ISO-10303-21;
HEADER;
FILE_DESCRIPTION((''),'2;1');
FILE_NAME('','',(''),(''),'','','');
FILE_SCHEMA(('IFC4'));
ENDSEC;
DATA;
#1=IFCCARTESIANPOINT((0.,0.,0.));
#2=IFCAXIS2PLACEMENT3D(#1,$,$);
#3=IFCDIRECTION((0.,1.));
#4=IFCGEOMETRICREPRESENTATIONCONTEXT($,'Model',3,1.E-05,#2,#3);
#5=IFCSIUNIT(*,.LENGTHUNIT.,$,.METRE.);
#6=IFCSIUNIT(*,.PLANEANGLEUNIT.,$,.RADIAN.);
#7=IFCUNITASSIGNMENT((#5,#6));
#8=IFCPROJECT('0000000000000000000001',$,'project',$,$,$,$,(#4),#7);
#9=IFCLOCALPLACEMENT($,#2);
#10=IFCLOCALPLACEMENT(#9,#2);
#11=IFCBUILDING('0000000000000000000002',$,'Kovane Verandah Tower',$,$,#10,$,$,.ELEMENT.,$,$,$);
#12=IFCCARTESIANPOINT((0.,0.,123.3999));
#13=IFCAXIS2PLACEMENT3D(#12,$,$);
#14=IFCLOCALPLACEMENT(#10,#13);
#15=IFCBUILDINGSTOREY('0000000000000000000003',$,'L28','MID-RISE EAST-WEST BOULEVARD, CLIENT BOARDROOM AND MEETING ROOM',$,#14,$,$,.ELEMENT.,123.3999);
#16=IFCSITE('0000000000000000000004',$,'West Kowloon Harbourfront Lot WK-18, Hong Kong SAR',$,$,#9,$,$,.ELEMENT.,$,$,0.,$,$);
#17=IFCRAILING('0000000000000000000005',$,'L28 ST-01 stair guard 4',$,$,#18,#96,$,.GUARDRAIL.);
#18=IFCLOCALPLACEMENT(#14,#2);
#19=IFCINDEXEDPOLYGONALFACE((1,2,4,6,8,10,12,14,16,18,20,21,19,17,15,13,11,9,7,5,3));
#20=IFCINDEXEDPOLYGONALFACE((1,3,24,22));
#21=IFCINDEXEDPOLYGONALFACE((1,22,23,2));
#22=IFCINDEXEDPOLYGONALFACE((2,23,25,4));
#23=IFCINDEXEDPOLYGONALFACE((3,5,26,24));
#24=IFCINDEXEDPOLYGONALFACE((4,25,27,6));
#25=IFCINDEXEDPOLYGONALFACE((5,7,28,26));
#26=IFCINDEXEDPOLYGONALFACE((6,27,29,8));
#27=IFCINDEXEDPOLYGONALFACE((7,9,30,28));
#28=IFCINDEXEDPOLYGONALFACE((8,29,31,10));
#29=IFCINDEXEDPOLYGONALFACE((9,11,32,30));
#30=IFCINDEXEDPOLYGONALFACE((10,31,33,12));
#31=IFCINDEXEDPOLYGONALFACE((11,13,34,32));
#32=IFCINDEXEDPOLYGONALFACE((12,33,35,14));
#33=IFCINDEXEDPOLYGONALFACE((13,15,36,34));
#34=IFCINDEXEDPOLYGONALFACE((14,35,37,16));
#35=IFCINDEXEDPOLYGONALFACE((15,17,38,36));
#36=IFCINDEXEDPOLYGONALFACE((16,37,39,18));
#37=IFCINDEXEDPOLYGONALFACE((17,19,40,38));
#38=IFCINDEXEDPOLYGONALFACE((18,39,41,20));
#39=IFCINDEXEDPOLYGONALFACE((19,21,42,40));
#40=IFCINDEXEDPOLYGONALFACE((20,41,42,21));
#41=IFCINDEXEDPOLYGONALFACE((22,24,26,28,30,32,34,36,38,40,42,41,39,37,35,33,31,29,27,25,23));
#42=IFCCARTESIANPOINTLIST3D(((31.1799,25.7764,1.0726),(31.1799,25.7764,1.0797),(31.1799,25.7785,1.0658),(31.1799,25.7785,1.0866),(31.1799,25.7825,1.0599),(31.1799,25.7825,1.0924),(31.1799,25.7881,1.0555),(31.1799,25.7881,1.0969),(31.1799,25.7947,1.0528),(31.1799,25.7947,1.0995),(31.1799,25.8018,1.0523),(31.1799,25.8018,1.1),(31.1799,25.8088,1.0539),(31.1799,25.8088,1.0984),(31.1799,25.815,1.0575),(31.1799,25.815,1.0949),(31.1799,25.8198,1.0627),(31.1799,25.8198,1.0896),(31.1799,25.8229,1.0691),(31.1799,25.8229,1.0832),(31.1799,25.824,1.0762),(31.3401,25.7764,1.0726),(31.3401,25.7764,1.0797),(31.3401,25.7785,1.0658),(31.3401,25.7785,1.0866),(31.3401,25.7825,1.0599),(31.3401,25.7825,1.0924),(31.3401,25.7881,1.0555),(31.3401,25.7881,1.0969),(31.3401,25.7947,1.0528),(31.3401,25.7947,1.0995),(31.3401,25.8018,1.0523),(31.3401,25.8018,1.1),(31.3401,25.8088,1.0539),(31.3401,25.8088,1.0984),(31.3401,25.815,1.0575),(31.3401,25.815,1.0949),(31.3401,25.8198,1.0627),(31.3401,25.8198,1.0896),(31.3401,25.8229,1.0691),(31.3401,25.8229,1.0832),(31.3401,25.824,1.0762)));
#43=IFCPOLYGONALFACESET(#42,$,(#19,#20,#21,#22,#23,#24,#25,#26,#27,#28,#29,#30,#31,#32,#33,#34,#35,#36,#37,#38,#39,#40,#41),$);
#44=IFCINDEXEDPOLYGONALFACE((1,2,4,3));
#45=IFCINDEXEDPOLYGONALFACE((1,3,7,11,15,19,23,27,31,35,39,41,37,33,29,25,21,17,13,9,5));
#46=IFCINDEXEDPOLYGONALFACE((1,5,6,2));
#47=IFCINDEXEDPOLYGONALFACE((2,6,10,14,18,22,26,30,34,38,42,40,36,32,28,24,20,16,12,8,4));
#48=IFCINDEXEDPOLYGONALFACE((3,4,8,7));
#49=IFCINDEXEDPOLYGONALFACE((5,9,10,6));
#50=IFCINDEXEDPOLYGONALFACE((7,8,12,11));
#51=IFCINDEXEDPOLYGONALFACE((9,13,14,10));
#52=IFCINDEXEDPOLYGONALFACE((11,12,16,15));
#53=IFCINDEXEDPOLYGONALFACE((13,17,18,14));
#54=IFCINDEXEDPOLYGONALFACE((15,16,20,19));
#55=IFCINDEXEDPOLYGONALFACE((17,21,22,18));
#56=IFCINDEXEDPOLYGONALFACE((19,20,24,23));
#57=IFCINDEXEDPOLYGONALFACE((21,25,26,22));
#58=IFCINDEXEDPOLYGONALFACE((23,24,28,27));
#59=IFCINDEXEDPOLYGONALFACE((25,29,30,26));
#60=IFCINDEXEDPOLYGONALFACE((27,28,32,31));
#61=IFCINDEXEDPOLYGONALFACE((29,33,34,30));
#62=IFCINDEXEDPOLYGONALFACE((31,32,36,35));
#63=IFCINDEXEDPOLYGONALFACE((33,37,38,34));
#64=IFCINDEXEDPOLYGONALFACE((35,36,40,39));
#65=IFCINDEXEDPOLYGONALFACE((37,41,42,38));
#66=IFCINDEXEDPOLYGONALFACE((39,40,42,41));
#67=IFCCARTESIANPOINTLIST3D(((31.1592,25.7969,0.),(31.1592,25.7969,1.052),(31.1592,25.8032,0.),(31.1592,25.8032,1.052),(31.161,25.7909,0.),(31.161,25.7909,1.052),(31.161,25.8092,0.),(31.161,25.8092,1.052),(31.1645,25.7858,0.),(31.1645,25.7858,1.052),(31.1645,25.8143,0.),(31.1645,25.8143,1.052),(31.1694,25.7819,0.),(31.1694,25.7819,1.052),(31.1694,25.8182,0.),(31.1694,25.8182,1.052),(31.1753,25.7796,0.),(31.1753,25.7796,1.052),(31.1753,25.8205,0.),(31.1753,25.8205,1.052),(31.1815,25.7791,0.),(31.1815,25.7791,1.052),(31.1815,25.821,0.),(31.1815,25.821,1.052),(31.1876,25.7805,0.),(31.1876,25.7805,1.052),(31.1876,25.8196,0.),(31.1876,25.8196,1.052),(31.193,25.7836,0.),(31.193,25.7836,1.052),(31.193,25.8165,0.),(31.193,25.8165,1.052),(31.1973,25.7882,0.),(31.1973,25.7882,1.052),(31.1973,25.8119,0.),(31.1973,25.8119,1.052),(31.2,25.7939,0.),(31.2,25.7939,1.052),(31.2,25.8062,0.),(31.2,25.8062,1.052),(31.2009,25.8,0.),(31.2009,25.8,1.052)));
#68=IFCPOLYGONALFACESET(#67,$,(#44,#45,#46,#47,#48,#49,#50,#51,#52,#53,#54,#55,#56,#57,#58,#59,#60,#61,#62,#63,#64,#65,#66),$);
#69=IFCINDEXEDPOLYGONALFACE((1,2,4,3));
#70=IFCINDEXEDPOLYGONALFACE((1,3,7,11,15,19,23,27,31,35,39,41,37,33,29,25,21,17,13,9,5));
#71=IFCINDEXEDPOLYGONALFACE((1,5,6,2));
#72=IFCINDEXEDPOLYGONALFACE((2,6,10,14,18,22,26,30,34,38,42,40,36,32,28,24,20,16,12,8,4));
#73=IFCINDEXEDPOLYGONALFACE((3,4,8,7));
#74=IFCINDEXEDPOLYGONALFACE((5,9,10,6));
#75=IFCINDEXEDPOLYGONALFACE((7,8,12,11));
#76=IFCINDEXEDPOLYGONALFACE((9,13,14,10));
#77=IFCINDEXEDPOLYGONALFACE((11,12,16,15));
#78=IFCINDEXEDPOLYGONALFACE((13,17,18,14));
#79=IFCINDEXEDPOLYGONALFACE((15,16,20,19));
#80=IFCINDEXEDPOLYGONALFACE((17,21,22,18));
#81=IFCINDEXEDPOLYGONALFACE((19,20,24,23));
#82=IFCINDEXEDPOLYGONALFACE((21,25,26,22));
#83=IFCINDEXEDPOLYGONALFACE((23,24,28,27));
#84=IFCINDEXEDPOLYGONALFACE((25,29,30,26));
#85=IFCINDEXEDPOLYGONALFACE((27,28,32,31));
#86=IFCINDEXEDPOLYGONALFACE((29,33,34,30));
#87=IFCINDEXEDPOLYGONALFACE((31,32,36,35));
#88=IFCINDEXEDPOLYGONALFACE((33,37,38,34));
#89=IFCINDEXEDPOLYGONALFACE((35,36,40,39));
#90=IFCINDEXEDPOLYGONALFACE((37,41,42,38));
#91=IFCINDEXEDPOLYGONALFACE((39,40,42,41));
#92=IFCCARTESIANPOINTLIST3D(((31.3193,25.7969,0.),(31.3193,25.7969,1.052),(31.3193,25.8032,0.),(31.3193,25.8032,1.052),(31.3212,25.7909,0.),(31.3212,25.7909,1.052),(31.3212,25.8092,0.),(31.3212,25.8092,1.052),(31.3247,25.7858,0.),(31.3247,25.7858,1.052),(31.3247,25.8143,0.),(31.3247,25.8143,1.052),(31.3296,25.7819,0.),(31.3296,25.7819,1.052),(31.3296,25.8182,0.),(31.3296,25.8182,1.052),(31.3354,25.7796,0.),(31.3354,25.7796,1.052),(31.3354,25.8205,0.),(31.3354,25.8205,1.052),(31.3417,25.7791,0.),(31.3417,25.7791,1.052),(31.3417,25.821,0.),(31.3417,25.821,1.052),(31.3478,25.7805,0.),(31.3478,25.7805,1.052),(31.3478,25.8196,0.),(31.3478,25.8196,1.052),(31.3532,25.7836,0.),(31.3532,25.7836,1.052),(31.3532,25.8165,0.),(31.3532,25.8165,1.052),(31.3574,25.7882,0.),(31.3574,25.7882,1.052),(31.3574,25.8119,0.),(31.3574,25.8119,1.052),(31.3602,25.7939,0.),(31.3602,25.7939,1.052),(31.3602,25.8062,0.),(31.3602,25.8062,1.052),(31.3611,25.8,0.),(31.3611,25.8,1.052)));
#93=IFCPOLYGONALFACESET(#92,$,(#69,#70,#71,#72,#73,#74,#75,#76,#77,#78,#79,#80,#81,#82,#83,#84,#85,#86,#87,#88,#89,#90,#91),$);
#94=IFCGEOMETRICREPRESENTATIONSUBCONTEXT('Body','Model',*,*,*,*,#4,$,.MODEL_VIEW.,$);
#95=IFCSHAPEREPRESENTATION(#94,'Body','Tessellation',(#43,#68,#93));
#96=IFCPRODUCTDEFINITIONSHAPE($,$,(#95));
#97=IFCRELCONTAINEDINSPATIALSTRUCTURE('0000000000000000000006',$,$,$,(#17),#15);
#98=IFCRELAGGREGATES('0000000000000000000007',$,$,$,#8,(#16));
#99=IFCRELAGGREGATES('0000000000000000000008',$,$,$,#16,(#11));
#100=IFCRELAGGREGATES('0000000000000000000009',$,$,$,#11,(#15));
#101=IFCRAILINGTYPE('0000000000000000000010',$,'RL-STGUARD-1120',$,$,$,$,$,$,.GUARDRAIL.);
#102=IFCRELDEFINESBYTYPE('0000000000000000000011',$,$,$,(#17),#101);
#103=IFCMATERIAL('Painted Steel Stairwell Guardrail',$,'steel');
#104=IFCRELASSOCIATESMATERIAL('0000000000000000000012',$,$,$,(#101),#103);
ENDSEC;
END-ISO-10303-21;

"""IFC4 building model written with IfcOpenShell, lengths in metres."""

from ifc_helpers import new_model, si_unit, direction, frame, origin, origin_2d, place, context, subcontext, project, spatial, circle, extrude, material, type_object, element, save


model = new_model("IFC4")

# Units and contexts
model_context = context("Model", 3, precision=1e-05, world=origin(), true_north=direction((0.0, 1.0)))
body_context = subcontext(model_context, "Body", "Model", "MODEL_VIEW")
ifc_project = project(units=[si_unit("LENGTHUNIT", "METRE"), si_unit("PLANEANGLEUNIT", "RADIAN")], contexts=[model_context])

# Site, building, storey
site_placement = place(None, origin())
site = spatial("IfcSite", under=ifc_project, at=site_placement, Name="West Kowloon Harbourfront Lot WK-18, Hong Kong SAR", CompositionType="ELEMENT", RefElevation=0.0)
building_placement = place(site_placement, origin())
building = spatial("IfcBuilding", under=site, at=building_placement, Name="Kovane Verandah Tower", CompositionType="ELEMENT")
storey_placement = place(building_placement, frame((0.0, 0.0, 123.3999)))
storey = spatial("IfcBuildingStorey", under=building, at=storey_placement, Name="L28", Description="MID-RISE EAST-WEST BOULEVARD, CLIENT BOARDROOM AND MEETING ROOM", CompositionType="ELEMENT", Elevation=123.3999)

# Railing
ifc_material_1 = material(Name="Painted Steel Stairwell Guardrail", Category="steel")
railing_type_1 = type_object("IfcRailingType", Name="RL-STGUARD-1120", PredefinedType="GUARDRAIL", material=ifc_material_1)
railing_1_placement = place(storey_placement, frame((31.1799, 25.8, 0.0)))
element("IfcRailing", 1, at=railing_1_placement, inside=storey, type_object=railing_type_1, Name="L28 ST-01 stair guard 4", PredefinedType="GUARDRAIL", context=body_context, shape_type="SweptSolid", body=[
    extrude(circle(Radius=0.0239, at=origin_2d()), frame((0.0, 0.0, 1.0762), z_axis=(1.0, 0.0, 0.0), x_axis=(0.0, 1.0, 0.0)), (0.0, 0.0, 1.0), 0.1602),
    extrude(circle(Radius=0.021, at=origin_2d()), origin(), (0.0, 0.0, 1.0), 1.052),
    extrude(circle(Radius=0.021, at=origin_2d()), frame((0.1602, 0.0, 0.0)), (0.0, 0.0, 1.0), 1.052),
])

save(model, "model.ifc")
